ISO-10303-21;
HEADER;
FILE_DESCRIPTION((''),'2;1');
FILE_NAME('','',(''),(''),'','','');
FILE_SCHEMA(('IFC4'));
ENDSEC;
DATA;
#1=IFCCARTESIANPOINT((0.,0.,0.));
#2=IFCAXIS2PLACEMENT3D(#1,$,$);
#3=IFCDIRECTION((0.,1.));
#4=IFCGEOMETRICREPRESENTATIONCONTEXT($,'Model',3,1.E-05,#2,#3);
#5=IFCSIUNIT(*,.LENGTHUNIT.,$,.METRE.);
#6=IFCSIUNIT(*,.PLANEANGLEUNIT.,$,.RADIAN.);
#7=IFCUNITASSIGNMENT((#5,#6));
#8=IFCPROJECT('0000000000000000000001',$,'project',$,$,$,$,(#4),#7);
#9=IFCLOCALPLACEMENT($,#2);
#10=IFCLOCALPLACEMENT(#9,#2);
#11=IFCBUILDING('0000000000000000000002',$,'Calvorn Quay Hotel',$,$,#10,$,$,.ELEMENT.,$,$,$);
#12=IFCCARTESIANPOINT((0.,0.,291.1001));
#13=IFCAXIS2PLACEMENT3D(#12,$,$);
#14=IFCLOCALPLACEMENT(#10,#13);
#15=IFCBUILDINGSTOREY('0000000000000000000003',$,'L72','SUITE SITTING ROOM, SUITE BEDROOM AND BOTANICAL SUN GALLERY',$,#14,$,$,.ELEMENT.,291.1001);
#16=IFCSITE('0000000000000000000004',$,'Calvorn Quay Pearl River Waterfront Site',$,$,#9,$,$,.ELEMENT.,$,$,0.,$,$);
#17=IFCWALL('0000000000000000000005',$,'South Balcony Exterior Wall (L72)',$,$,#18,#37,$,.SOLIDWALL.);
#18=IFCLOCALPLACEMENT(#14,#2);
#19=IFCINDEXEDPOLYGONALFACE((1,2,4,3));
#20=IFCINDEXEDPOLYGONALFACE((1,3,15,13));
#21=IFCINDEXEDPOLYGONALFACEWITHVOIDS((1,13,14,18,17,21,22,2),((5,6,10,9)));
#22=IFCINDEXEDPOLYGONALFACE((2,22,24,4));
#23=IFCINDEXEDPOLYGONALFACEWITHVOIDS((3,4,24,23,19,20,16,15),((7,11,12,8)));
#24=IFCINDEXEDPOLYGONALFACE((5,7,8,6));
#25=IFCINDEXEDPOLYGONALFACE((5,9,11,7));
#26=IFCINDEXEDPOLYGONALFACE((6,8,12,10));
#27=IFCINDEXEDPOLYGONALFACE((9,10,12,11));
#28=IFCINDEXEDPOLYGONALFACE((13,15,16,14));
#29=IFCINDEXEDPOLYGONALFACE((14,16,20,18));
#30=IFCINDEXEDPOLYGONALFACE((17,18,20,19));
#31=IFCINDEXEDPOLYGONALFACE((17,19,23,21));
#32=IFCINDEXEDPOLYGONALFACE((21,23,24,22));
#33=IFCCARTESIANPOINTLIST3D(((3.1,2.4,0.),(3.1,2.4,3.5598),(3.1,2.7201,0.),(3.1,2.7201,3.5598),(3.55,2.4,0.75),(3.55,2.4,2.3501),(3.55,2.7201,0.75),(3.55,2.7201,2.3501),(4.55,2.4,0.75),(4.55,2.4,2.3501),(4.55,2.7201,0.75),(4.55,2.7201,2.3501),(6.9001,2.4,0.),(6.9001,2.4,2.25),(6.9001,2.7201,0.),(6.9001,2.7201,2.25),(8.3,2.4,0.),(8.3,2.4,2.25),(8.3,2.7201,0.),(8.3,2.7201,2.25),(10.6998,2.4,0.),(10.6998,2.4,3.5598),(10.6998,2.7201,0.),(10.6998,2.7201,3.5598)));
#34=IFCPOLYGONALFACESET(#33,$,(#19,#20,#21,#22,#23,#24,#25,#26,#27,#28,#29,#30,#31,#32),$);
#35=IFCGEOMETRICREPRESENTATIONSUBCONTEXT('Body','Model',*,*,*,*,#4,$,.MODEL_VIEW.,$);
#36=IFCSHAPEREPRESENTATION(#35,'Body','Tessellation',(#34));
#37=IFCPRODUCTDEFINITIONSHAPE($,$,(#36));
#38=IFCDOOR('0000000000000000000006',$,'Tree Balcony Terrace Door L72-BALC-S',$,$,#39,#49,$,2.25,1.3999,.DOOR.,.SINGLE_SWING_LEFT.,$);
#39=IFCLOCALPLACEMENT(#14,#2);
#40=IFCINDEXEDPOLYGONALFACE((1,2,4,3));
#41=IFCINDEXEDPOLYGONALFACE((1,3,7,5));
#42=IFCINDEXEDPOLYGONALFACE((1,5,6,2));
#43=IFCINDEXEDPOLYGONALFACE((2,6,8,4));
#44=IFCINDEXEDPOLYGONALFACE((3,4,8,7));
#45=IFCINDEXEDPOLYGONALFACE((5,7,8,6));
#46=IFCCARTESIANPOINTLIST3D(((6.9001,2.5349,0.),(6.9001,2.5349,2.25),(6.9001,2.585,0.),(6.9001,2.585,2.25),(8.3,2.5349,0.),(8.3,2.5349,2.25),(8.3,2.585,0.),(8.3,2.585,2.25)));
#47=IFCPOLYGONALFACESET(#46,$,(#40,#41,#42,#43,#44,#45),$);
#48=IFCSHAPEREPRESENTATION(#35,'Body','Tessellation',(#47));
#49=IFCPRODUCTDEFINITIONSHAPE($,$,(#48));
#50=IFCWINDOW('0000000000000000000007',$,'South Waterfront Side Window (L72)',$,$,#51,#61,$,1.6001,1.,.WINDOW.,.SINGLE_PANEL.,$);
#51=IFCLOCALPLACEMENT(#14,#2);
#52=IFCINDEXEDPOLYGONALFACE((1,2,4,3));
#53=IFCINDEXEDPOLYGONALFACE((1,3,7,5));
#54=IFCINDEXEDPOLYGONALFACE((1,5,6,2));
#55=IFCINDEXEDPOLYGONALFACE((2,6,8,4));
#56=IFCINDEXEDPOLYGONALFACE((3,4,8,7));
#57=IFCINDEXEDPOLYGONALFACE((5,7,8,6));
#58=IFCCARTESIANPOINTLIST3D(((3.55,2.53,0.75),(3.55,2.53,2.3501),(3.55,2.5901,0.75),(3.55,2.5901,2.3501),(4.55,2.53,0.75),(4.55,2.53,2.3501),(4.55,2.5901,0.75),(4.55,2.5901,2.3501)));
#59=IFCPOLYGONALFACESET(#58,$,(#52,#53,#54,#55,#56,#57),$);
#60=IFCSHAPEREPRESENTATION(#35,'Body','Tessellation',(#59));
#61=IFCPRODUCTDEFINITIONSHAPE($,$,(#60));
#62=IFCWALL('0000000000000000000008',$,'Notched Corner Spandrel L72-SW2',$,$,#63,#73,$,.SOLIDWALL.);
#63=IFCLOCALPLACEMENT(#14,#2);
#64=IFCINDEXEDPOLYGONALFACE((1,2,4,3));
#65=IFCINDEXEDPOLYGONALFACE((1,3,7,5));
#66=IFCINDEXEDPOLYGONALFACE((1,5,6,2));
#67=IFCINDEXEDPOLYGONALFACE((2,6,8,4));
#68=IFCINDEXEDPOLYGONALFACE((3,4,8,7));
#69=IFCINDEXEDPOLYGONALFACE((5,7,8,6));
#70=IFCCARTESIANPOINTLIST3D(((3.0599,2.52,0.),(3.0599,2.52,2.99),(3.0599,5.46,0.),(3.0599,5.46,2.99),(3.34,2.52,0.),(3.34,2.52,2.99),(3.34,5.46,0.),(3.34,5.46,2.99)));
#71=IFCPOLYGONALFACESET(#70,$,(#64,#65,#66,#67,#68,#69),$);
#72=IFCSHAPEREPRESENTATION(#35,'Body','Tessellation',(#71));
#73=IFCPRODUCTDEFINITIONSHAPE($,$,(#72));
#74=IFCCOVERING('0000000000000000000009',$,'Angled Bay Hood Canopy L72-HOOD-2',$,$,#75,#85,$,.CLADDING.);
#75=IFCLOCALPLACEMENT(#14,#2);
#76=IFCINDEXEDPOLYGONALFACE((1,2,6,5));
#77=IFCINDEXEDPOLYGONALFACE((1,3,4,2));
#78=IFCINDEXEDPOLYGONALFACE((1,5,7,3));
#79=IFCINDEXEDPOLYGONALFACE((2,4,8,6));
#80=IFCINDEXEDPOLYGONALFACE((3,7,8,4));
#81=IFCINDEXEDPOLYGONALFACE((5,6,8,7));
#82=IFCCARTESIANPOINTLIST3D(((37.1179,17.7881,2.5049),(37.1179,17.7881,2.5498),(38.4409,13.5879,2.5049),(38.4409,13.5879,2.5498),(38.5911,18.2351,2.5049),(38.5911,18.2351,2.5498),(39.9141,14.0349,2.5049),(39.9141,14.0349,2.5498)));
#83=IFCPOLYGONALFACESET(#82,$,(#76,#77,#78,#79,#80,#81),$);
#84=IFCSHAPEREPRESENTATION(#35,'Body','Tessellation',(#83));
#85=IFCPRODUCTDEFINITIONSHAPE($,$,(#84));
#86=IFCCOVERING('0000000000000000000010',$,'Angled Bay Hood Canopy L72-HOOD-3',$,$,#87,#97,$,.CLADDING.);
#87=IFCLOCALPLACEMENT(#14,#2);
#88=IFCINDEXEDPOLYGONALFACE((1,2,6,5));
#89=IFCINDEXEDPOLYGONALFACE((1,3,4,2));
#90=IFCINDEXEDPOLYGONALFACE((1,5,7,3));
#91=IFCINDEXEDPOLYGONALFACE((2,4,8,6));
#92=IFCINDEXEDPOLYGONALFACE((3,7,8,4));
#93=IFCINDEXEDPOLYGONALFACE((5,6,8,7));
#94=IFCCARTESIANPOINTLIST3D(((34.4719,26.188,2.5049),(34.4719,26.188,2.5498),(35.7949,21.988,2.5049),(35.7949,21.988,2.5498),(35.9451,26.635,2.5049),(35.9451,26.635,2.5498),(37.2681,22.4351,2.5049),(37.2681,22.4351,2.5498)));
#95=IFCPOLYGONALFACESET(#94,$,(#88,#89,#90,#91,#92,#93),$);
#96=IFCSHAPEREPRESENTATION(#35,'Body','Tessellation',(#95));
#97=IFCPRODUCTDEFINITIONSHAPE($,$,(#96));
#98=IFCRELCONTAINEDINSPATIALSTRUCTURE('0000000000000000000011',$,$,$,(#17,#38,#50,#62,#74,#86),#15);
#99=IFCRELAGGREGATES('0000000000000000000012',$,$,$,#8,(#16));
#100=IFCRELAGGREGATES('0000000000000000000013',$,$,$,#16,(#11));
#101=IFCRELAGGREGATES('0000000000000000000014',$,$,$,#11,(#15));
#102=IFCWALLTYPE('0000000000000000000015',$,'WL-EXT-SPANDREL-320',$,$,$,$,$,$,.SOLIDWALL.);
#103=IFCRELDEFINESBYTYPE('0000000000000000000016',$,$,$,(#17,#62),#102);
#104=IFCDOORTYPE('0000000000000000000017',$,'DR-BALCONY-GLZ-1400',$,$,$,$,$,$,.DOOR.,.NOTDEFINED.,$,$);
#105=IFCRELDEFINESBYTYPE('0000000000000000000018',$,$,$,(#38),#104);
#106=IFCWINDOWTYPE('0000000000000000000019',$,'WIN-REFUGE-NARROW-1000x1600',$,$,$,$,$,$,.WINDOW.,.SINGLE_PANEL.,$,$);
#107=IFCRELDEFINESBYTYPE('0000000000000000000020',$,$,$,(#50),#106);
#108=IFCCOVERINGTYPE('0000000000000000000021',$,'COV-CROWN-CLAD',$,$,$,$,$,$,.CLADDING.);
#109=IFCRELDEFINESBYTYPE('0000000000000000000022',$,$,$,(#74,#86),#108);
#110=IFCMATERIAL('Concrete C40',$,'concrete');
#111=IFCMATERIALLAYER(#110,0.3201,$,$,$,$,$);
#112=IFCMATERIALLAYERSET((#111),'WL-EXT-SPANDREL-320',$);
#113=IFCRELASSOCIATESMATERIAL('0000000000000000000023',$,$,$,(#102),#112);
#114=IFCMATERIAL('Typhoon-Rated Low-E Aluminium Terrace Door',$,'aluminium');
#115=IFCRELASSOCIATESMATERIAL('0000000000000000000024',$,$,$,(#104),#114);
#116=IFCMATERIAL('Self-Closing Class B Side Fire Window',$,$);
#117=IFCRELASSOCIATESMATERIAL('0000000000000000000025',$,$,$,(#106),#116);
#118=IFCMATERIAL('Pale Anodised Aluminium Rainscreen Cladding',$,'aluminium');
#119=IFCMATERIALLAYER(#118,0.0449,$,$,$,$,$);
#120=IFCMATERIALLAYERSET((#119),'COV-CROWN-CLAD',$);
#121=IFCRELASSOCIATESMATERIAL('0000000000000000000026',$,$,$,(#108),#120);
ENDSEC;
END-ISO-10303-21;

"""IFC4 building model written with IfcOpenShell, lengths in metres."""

from ifc_helpers import new_model, si_unit, direction, frame, frame_2d, origin, place, context, subcontext, project, spatial, polyline, rectangle, outline, extrude, material, layer, layer_set, type_object, element, fill, save


model = new_model("IFC4")

# Units and contexts
model_context = context("Model", 3, precision=1e-05, world=origin(), true_north=direction((0.0, 1.0)))
body_context = subcontext(model_context, "Body", "Model", "MODEL_VIEW")
ifc_project = project(units=[si_unit("LENGTHUNIT", "METRE"), si_unit("PLANEANGLEUNIT", "RADIAN")], contexts=[model_context])

# Site, building, storey
site_placement = place(None, origin())
site = spatial("IfcSite", under=ifc_project, at=site_placement, Name="Calvorn Quay Pearl River Waterfront Site", CompositionType="ELEMENT", RefElevation=0.0)
building_placement = place(site_placement, origin())
building = spatial("IfcBuilding", under=site, at=building_placement, Name="Calvorn Quay Hotel", CompositionType="ELEMENT")
storey_placement = place(building_placement, frame((0.0, 0.0, 291.1001)))
storey = spatial("IfcBuildingStorey", under=building, at=storey_placement, Name="L72", Description="SUITE SITTING ROOM, SUITE BEDROOM AND BOTANICAL SUN GALLERY", CompositionType="ELEMENT", Elevation=291.1001)

# Wall, openings, door, window
ifc_material_1 = material(Name="Concrete C40", Category="concrete")
ifc_layer_1 = layer(ifc_material_1, 0.3201)
ifc_layer_set_1 = layer_set([ifc_layer_1], Name="WL-EXT-SPANDREL-320")
wall_type = type_object("IfcWallType", Name="WL-EXT-SPANDREL-320", PredefinedType="SOLIDWALL", material=ifc_layer_set_1)
wall_1_placement = place(storey_placement, frame((3.1001, 2.5601, 0.0), z_axis=(0.0, 0.0, 1.0), x_axis=(1.0, 0.0, 0.0)))
wall_1 = element("IfcWall", 1, at=wall_1_placement, inside=storey, type_object=wall_type, Name="South Balcony Exterior Wall (L72)", PredefinedType="SOLIDWALL", context=body_context, shape_type="SweptSolid", body=[
    extrude(rectangle(XDim=7.5999, YDim=0.3201, at=frame_2d((3.7998, 0.0))), origin(), (0.0, 0.0, 1.0), 3.5598),
])
opening_1_placement = place(wall_1_placement, frame((0.45, 0.0, 0.75)))
opening_1 = element("IfcOpeningElement", 2, at=opening_1_placement, cuts=wall_1, PredefinedType="OPENING", context=body_context, shape_type="SweptSolid", body=[
    extrude(rectangle(XDim=1.0, YDim=1.6001, at=frame_2d((0.5, 0.8))), frame((0.0, 0.1699, 0.0), z_axis=(0.0, -1.0, 0.0), x_axis=(1.0, 0.0, 0.0)), (0.0, 0.0, 1.0), 0.3401),
])
opening_2_placement = place(wall_1_placement, frame((3.8, 0.0, 0.0)))
opening_2 = element("IfcOpeningElement", 3, at=opening_2_placement, cuts=wall_1, PredefinedType="OPENING", context=body_context, shape_type="SweptSolid", body=[
    extrude(rectangle(XDim=1.3999, YDim=2.25, at=frame_2d((0.7, 1.125))), frame((0.0, 0.1699, 0.0), z_axis=(0.0, -1.0, 0.0), x_axis=(1.0, 0.0, 0.0)), (0.0, 0.0, 1.0), 0.3401),
])
ifc_material_2 = material(Name="Typhoon-Rated Low-E Aluminium Terrace Door", Category="aluminium")
door_type = type_object("IfcDoorType", Name="DR-BALCONY-GLZ-1400", OperationType="NOTDEFINED", PredefinedType="DOOR", material=ifc_material_2)
door_placement = place(opening_2_placement, origin())
door = element("IfcDoor", 4, at=door_placement, inside=storey, type_object=door_type, Name="Tree Balcony Terrace Door L72-BALC-S", OperationType="SINGLE_SWING_LEFT", OverallHeight=2.25, OverallWidth=1.3999, PredefinedType="DOOR", context=body_context, shape_type="SweptSolid", body=[
    extrude(rectangle(XDim=1.3999, YDim=2.25, at=frame_2d((0.7, 1.125))), frame((0.0, 0.0249, 0.0), z_axis=(0.0, -1.0, 0.0), x_axis=(1.0, 0.0, 0.0)), (0.0, 0.0, 1.0), 0.05),
])
fill(opening_2, door)
ifc_material_3 = material(Name="Self-Closing Class B Side Fire Window")
window_type = type_object("IfcWindowType", Name="WIN-REFUGE-NARROW-1000x1600", PartitioningType="SINGLE_PANEL", PredefinedType="WINDOW", material=ifc_material_3)
window_placement = place(opening_1_placement, origin())
window = element("IfcWindow", 5, at=window_placement, inside=storey, type_object=window_type, Name="South Waterfront Side Window (L72)", OverallHeight=1.6001, OverallWidth=1.0, PartitioningType="SINGLE_PANEL", PredefinedType="WINDOW", context=body_context, shape_type="SweptSolid", body=[
    extrude(rectangle(XDim=1.0, YDim=1.6001, at=frame_2d((0.5, 0.8))), frame((0.0, 0.03, 0.0), z_axis=(0.0, -1.0, 0.0), x_axis=(1.0, 0.0, 0.0)), (0.0, 0.0, 1.0), 0.0601),
])
fill(opening_1, window)

# Wall
wall_2_placement = place(storey_placement, frame((3.2, 5.46, 0.0), z_axis=(0.0, 0.0, 1.0), x_axis=(0.0, -1.0, 0.0)))
element("IfcWall", 6, at=wall_2_placement, inside=storey, type_object=wall_type, Name="Notched Corner Spandrel L72-SW2", PredefinedType="SOLIDWALL", context=body_context, shape_type="SweptSolid", body=[
    extrude(rectangle(XDim=2.9399, YDim=0.28, at=frame_2d((1.47, 0.0))), origin(), (0.0, 0.0, 1.0), 2.99),
])

# Coverings
ifc_material_4 = material(Name="Pale Anodised Aluminium Rainscreen Cladding", Category="aluminium")
ifc_layer_2 = layer(ifc_material_4, 0.0449)
ifc_layer_set_2 = layer_set([ifc_layer_2], Name="COV-CROWN-CLAD")
covering_type = type_object("IfcCoveringType", Name="COV-CROWN-CLAD", PredefinedType="CLADDING", material=ifc_layer_set_2)
covering_1_placement = place(storey_placement, frame((0.0, 0.0, 2.5049)))
element("IfcCovering", 7, at=covering_1_placement, inside=storey, type_object=covering_type, Name="Angled Bay Hood Canopy L72-HOOD-2", PredefinedType="CLADDING", context=body_context, shape_type="SweptSolid", body=[
    extrude(outline(polyline([(37.1179, 17.7881), (38.5911, 18.2351), (39.9141, 14.0349), (38.4409, 13.5879), (37.1179, 17.7881)])), origin(), (0.0, 0.0, 1.0), 0.0449),
])
covering_2_placement = place(storey_placement, frame((0.0, 0.0, 2.5049)))
element("IfcCovering", 8, at=covering_2_placement, inside=storey, type_object=covering_type, Name="Angled Bay Hood Canopy L72-HOOD-3", PredefinedType="CLADDING", context=body_context, shape_type="SweptSolid", body=[
    extrude(outline(polyline([(34.4719, 26.188), (35.9451, 26.635), (37.2681, 22.4351), (35.7949, 21.988), (34.4719, 26.188)])), origin(), (0.0, 0.0, 1.0), 0.0449),
])

save(model, "model.ifc")
